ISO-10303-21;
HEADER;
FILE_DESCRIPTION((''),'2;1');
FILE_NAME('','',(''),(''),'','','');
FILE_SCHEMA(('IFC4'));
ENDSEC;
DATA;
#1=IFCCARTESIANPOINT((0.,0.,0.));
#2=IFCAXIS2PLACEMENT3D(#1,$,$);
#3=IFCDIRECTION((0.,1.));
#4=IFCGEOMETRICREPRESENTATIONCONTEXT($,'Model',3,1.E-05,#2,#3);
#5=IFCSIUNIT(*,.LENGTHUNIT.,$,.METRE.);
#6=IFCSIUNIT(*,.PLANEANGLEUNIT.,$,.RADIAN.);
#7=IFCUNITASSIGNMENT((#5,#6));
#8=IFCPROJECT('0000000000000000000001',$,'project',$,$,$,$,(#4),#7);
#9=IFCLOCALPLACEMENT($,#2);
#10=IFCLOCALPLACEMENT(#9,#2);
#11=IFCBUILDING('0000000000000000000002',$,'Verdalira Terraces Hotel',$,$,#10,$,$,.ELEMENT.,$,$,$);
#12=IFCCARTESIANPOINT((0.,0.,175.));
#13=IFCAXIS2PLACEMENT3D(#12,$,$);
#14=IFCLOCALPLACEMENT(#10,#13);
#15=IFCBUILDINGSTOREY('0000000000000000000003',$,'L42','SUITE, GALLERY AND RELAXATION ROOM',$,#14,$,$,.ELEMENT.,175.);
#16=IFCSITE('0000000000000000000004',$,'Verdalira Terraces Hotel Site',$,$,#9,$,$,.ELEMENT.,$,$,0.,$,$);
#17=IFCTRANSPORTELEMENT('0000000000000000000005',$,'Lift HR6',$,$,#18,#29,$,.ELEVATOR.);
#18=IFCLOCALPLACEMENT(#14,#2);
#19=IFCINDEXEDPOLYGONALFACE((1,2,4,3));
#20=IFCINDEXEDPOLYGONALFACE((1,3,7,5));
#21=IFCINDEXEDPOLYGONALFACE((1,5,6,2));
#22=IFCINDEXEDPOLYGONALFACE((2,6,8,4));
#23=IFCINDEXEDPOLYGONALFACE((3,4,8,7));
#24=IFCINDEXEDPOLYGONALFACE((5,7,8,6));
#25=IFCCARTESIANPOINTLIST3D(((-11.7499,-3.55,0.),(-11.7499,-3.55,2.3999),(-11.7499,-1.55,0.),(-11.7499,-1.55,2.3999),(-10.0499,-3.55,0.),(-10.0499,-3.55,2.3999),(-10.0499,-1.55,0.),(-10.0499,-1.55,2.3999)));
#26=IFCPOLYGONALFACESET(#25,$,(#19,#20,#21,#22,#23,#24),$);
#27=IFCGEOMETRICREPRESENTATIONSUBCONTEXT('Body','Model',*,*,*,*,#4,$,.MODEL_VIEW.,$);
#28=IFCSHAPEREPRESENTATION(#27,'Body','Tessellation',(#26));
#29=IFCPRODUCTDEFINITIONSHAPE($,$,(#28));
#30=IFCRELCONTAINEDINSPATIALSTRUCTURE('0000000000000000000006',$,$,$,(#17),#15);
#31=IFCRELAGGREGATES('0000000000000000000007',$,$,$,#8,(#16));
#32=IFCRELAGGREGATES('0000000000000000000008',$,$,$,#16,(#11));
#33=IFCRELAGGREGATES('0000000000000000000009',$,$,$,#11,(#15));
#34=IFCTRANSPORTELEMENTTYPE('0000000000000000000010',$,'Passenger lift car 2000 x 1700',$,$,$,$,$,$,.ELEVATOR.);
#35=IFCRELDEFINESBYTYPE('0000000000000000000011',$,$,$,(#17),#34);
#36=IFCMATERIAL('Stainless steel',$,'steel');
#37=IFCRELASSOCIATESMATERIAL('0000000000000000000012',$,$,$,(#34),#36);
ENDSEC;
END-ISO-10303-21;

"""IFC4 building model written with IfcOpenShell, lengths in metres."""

from ifc_helpers import new_model, si_unit, direction, frame, origin, origin_2d, place, context, subcontext, project, spatial, rectangle, extrude, material, type_object, element, save


model = new_model("IFC4")

# Units and contexts
model_context = context("Model", 3, precision=1e-05, world=origin(), true_north=direction((0.0, 1.0)))
body_context = subcontext(model_context, "Body", "Model", "MODEL_VIEW")
ifc_project = project(units=[si_unit("LENGTHUNIT", "METRE"), si_unit("PLANEANGLEUNIT", "RADIAN")], contexts=[model_context])

# Site, building, storey
site_placement = place(None, origin())
site = spatial("IfcSite", under=ifc_project, at=site_placement, Name="Verdalira Terraces Hotel Site", CompositionType="ELEMENT", RefElevation=0.0)
building_placement = place(site_placement, origin())
building = spatial("IfcBuilding", under=site, at=building_placement, Name="Verdalira Terraces Hotel", CompositionType="ELEMENT")
storey_placement = place(building_placement, frame((0.0, 0.0, 175.0)))
storey = spatial("IfcBuildingStorey", under=building, at=storey_placement, Name="L42", Description="SUITE, GALLERY AND RELAXATION ROOM", CompositionType="ELEMENT", Elevation=175.0)

# Transport element
ifc_material_1 = material(Name="Stainless steel", Category="steel")
transport_element_type = type_object("IfcTransportElementType", Name="Passenger lift car 2000 x 1700", PredefinedType="ELEVATOR", material=ifc_material_1)
transport_element_placement = place(storey_placement, frame((-10.8999, -2.55, 0.0), z_axis=(0.0, 0.0, 1.0), x_axis=(0.0, -1.0, 0.0)))
element("IfcTransportElement", 1, at=transport_element_placement, inside=storey, type_object=transport_element_type, Name="Lift HR6", PredefinedType="ELEVATOR", context=body_context, shape_type="SweptSolid", body=[
    extrude(rectangle(XDim=2.0, YDim=1.7, at=origin_2d()), origin(), (0.0, 0.0, 1.0), 2.3999),
])

save(model, "model.ifc")
